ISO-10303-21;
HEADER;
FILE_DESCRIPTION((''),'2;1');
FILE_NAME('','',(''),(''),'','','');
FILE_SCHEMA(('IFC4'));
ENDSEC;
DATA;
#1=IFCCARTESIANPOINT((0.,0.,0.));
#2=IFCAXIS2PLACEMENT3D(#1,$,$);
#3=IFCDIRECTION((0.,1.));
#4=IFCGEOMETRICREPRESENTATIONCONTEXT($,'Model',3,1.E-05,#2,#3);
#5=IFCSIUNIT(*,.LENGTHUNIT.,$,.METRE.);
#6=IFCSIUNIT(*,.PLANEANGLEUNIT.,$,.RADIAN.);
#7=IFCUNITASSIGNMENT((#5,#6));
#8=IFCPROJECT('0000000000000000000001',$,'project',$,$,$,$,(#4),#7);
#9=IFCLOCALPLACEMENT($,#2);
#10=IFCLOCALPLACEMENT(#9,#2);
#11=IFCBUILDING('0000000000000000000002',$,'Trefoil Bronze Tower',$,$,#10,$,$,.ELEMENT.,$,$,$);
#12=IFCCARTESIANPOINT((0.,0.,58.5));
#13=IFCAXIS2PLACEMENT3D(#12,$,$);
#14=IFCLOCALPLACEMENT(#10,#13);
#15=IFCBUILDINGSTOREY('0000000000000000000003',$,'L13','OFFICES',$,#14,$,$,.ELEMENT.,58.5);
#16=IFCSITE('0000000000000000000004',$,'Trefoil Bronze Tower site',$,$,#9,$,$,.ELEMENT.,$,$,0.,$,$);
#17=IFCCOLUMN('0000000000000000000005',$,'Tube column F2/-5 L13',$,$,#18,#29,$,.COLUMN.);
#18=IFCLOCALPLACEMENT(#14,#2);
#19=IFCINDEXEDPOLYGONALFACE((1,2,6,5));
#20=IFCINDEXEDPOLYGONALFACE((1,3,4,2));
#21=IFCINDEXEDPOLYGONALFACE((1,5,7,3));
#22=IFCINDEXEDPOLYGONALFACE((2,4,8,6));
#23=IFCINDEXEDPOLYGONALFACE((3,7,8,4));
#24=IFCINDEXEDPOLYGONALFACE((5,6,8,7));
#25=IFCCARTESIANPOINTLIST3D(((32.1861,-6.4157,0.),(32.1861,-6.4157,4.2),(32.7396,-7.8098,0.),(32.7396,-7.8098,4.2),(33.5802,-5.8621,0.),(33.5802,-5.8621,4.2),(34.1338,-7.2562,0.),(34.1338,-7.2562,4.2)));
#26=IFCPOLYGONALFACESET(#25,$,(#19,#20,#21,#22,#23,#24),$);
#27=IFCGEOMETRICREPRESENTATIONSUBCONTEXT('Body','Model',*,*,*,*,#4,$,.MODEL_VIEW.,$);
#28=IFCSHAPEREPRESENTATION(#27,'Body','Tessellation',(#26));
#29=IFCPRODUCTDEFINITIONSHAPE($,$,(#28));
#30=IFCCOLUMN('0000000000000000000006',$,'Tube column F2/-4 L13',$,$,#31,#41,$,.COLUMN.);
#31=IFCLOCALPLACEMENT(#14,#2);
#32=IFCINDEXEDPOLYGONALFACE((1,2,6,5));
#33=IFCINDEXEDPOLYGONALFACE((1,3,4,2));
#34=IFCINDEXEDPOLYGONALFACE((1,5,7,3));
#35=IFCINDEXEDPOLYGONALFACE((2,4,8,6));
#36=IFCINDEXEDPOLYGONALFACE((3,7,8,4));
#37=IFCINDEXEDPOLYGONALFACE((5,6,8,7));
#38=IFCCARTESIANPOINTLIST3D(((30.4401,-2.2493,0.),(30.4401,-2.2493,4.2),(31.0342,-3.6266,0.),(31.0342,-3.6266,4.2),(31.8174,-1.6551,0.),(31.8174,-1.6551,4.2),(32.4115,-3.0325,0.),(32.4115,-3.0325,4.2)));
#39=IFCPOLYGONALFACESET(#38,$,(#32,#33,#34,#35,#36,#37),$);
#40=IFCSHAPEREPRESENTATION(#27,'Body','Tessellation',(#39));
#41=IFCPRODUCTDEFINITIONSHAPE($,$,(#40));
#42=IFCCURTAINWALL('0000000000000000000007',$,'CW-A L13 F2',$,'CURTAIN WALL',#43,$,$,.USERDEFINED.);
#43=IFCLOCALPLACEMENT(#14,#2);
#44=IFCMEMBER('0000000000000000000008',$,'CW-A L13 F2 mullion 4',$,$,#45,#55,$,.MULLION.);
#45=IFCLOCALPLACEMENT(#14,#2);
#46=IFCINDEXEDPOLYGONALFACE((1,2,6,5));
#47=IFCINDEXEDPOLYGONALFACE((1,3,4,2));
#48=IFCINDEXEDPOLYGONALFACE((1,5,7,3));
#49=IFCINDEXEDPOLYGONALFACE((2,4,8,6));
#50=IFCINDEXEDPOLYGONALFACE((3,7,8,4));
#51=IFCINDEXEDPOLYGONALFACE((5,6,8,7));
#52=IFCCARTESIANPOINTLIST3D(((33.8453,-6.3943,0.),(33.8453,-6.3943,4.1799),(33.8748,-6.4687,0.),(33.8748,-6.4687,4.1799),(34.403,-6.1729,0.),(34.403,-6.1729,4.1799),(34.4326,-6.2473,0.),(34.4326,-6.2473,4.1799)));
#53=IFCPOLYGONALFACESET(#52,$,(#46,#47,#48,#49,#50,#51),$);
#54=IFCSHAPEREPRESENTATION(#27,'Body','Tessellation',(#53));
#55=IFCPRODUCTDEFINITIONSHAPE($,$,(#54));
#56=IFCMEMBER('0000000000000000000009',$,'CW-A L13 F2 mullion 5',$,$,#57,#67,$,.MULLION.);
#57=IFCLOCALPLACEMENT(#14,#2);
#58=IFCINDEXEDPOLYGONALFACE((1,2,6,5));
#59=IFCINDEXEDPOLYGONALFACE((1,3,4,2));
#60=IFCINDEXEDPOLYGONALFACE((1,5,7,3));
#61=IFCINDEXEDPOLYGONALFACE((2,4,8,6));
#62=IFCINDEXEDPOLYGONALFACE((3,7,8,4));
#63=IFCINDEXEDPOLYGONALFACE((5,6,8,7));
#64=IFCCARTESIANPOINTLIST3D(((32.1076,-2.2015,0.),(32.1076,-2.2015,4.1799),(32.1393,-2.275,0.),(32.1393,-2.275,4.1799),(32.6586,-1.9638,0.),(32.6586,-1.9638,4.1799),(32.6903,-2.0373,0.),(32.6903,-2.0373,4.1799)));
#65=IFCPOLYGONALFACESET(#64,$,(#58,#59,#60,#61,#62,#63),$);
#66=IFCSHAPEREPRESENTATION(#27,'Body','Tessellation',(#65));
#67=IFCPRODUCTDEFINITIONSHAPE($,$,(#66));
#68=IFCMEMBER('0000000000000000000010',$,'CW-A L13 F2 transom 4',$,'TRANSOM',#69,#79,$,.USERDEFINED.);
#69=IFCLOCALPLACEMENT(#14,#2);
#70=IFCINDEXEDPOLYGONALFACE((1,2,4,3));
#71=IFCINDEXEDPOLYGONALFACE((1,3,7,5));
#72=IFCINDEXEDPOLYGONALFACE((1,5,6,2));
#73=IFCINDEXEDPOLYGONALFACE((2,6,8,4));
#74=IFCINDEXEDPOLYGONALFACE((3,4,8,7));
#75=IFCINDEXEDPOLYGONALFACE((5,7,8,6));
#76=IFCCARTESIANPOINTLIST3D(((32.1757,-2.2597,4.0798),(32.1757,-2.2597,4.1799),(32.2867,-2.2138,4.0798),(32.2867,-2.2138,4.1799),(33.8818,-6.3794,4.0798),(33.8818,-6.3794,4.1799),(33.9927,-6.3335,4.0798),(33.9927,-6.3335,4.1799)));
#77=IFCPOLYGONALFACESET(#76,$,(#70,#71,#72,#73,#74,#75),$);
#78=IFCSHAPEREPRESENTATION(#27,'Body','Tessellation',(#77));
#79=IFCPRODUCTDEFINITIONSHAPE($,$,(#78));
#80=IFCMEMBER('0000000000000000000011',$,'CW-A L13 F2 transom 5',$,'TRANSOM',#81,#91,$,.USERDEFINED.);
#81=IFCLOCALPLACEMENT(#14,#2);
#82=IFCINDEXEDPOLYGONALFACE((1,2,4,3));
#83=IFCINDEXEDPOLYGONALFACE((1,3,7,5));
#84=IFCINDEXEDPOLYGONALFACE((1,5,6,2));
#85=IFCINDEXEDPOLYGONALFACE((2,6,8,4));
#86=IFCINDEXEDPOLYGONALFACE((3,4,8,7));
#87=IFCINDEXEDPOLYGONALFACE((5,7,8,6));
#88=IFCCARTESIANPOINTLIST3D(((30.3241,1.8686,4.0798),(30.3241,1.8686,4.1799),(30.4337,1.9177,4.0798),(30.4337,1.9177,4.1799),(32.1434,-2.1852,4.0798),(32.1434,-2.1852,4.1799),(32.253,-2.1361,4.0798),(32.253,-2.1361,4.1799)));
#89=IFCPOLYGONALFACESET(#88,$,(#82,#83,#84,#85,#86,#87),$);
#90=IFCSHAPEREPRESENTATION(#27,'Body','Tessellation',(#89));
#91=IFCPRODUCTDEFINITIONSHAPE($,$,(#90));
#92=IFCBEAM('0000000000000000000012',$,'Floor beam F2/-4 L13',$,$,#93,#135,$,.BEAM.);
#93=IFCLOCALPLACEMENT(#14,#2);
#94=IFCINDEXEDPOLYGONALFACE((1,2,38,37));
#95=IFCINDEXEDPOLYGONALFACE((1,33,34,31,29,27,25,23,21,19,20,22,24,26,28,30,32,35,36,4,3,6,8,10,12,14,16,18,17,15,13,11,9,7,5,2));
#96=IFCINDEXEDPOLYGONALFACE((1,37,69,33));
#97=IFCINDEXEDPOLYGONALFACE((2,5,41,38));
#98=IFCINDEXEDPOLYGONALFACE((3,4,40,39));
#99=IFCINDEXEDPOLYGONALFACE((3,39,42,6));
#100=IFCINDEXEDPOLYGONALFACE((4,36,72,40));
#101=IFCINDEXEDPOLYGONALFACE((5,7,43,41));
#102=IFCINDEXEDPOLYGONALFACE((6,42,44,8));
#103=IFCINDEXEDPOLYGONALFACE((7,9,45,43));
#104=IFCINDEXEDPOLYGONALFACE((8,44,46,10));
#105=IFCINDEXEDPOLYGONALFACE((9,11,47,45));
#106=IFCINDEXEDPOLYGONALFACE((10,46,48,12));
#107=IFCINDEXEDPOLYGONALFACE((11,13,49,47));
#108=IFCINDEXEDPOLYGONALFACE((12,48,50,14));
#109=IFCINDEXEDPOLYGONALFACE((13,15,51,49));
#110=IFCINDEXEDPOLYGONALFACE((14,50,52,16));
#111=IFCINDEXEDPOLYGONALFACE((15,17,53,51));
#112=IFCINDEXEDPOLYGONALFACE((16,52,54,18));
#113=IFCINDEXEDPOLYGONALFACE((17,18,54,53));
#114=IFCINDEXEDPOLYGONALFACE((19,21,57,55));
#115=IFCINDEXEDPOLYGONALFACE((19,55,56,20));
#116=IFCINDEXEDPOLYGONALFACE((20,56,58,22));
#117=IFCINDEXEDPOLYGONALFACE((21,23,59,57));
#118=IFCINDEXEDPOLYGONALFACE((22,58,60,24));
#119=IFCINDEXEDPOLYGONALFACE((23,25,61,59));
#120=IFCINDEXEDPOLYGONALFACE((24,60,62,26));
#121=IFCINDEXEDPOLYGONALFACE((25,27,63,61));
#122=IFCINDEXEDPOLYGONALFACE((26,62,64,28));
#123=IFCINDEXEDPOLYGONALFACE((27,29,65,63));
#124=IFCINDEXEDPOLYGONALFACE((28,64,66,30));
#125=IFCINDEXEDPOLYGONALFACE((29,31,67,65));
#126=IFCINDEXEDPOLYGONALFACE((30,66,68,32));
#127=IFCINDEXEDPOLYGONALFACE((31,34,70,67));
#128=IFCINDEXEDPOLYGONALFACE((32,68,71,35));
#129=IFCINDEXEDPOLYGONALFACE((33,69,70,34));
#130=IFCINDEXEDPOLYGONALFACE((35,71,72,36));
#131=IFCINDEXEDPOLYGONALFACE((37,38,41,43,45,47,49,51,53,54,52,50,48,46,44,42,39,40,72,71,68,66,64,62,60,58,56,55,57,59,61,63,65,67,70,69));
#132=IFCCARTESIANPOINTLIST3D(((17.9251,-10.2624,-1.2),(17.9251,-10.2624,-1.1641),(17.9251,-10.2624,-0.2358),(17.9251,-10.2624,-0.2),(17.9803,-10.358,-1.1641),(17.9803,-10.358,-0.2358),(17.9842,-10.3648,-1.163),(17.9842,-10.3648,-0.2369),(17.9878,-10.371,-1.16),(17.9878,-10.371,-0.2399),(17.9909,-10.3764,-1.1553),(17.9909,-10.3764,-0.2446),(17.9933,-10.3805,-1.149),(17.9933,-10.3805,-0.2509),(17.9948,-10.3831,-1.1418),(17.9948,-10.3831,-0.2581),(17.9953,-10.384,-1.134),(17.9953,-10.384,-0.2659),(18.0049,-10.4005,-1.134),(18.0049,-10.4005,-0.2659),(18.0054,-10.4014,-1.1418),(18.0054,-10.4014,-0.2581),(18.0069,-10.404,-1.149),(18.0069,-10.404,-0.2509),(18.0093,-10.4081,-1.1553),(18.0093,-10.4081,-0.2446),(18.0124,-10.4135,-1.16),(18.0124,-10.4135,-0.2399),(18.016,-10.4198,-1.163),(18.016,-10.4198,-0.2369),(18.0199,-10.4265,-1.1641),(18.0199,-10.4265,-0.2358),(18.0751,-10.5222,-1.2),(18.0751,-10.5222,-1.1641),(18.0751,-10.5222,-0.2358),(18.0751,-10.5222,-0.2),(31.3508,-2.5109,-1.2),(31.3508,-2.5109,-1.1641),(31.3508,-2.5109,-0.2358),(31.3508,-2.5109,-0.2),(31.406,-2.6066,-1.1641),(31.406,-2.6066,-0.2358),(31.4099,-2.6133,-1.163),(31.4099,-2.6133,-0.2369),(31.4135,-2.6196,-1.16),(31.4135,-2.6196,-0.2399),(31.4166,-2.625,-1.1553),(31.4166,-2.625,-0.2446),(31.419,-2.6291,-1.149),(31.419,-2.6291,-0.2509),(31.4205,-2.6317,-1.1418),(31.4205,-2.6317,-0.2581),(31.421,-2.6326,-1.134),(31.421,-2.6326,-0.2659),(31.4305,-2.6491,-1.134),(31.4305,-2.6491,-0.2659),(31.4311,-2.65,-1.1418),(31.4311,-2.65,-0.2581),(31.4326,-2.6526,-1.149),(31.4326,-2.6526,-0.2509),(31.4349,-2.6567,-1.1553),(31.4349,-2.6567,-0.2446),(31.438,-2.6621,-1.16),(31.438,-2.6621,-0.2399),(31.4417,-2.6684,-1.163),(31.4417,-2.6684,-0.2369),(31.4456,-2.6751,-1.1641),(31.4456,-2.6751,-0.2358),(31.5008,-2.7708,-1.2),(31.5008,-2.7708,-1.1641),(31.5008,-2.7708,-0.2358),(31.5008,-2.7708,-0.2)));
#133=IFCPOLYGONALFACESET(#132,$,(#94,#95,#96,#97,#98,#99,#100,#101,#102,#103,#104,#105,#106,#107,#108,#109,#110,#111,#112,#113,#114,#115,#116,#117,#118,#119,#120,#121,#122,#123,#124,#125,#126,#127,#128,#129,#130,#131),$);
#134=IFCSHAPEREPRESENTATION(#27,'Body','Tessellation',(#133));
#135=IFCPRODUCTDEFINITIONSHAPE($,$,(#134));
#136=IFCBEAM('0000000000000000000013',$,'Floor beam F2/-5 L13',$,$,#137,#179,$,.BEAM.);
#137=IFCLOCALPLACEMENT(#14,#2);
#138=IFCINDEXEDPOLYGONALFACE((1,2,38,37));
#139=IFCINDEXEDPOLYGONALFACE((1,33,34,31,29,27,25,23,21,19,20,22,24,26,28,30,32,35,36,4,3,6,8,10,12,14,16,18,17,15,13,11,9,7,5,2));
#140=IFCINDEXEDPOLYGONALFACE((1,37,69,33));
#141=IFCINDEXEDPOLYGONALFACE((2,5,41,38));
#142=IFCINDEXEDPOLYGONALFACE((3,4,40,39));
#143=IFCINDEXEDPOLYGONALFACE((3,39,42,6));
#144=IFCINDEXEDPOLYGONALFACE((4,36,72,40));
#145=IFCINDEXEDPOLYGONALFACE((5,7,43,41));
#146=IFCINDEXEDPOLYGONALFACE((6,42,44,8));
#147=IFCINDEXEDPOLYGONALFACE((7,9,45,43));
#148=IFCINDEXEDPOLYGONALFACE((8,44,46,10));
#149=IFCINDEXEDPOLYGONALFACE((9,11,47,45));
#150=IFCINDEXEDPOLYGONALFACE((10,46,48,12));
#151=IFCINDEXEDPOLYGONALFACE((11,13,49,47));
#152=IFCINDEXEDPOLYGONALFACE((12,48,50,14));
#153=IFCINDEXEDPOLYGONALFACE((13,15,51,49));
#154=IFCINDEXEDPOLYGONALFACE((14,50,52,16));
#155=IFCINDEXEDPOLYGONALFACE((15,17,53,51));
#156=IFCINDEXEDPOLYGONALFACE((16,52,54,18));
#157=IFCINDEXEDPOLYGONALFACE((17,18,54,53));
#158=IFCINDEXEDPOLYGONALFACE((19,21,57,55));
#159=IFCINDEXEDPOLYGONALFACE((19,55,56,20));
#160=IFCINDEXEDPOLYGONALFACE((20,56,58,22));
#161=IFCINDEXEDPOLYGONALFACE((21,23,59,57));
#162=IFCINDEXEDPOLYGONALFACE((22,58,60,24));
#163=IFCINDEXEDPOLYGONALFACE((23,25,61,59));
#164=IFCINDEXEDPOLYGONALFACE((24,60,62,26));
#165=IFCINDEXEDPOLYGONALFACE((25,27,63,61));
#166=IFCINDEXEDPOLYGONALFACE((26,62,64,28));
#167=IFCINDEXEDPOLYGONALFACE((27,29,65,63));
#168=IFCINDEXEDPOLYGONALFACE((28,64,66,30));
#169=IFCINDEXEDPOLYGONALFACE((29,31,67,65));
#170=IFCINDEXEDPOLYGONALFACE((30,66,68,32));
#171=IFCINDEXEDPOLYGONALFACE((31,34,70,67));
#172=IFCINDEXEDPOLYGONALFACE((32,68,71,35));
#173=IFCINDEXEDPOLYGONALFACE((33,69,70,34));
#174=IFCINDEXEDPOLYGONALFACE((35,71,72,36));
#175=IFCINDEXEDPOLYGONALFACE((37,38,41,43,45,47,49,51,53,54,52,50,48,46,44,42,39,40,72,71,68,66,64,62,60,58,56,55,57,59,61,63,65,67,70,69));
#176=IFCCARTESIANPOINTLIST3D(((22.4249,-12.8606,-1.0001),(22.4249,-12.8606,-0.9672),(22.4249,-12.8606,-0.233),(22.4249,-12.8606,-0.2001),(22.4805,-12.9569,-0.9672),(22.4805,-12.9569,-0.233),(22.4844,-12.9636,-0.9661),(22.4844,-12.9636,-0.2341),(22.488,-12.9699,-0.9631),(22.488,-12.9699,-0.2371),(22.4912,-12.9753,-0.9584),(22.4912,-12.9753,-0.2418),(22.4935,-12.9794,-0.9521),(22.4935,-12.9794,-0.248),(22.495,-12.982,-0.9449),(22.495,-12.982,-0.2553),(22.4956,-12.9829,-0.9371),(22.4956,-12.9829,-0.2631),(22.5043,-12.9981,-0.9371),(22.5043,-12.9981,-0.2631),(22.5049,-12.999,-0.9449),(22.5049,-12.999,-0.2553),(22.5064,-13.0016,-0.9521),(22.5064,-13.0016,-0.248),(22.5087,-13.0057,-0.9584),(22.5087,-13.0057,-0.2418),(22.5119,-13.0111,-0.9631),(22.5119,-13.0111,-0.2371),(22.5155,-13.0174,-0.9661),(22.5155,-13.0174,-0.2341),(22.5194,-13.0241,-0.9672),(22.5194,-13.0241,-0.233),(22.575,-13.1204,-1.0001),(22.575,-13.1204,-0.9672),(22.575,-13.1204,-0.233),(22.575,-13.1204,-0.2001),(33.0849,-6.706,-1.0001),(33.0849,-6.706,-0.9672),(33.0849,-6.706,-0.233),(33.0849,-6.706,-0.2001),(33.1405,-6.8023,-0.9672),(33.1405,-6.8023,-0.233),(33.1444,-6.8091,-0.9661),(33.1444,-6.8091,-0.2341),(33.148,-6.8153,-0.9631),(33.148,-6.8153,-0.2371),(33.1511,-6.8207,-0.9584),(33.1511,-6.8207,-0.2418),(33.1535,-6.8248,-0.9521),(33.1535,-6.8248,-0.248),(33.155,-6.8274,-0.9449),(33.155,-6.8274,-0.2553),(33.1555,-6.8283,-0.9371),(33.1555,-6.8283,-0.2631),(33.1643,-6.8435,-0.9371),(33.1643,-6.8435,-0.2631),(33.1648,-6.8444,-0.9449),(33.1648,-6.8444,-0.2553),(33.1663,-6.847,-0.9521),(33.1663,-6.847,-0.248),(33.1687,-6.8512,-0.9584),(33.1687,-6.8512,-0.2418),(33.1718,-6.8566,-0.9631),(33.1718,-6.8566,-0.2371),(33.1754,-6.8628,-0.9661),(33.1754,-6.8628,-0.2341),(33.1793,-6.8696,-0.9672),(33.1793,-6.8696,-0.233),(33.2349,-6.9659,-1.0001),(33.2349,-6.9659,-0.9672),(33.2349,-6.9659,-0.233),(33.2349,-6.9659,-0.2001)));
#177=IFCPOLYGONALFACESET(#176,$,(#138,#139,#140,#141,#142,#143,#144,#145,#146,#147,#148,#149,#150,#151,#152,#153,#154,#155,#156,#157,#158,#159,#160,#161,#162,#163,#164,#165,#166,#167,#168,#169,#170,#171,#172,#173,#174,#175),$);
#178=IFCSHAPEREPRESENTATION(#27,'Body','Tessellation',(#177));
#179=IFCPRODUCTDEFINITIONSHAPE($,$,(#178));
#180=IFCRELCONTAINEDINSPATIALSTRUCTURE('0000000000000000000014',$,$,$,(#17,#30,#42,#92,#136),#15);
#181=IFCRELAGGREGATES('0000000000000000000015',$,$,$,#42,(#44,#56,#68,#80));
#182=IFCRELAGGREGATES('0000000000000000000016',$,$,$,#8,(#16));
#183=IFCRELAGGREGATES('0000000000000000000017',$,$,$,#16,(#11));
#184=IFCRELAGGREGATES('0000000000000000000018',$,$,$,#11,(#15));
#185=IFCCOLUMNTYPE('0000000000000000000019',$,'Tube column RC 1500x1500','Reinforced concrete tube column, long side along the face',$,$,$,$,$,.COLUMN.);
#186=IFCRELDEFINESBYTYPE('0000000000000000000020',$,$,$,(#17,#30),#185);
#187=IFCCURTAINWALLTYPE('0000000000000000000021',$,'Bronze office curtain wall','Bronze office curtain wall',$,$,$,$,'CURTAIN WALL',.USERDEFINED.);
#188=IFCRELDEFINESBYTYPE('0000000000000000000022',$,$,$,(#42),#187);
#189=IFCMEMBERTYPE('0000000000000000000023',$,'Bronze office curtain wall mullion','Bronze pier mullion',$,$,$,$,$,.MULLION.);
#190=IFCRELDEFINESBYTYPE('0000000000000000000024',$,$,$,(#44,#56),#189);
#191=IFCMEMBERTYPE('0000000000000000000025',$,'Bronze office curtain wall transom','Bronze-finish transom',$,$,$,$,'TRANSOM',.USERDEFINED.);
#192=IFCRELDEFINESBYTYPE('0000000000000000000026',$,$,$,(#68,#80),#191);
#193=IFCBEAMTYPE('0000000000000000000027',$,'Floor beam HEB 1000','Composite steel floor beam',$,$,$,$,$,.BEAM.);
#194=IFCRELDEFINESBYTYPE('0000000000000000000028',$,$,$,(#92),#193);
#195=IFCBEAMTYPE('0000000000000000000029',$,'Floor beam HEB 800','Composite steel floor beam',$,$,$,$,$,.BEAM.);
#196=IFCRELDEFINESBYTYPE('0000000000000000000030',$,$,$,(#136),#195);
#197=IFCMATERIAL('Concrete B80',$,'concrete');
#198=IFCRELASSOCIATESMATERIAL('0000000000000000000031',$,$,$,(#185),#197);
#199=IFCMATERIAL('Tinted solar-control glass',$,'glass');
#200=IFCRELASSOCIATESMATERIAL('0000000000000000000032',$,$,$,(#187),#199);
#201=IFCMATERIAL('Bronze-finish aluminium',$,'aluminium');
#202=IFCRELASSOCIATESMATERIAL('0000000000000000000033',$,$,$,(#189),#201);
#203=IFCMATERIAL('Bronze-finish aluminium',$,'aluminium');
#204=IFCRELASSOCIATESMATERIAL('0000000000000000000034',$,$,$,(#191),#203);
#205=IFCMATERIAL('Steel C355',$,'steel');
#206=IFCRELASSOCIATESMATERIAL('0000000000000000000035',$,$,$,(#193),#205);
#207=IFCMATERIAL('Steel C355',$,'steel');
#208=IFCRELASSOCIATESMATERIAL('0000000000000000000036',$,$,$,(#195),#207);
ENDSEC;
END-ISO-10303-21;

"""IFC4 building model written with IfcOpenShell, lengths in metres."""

from ifc_helpers import new_model, si_unit, direction, frame, origin, origin_2d, place, context, subcontext, project, spatial, rectangle, i_section, extrude, material, material_profile, profile_set, type_object, element, aggregate, save


model = new_model("IFC4")

# Units and contexts
model_context = context("Model", 3, precision=1e-05, world=origin(), true_north=direction((0.0, 1.0)))
body_context = subcontext(model_context, "Body", "Model", "MODEL_VIEW")
ifc_project = project(units=[si_unit("LENGTHUNIT", "METRE"), si_unit("PLANEANGLEUNIT", "RADIAN")], contexts=[model_context])

# Site, building, storey
site_placement = place(None, origin())
site = spatial("IfcSite", under=ifc_project, at=site_placement, Name="Trefoil Bronze Tower site", CompositionType="ELEMENT", RefElevation=0.0)
building_placement = place(site_placement, origin())
building = spatial("IfcBuilding", under=site, at=building_placement, Name="Trefoil Bronze Tower", CompositionType="ELEMENT")
storey_placement = place(building_placement, frame((0.0, 0.0, 58.5)))
storey = spatial("IfcBuildingStorey", under=building, at=storey_placement, Name="L13", Description="OFFICES", CompositionType="ELEMENT", Elevation=58.5)

# Columns
ifc_material_1 = material(Name="Concrete B80", Category="concrete")
ifc_material_profile_1 = material_profile(ifc_material_1, rectangle(XDim=1.5, YDim=1.5, at=origin_2d()), Name="RC 1500x1500")
ifc_profile_set_1 = profile_set([ifc_material_profile_1], Name="Concrete B80")
column_type = type_object("IfcColumnType", Name="Tube column RC 1500x1500", Description="Reinforced concrete tube column, long side along the face", PredefinedType="COLUMN", material=ifc_profile_set_1)
for number, where, z_axis, x_axis, name in (
    (1, (33.1599, -6.8359, 0.0), (0.0, 0.0, 1.0), (-0.36904, 0.929414, 0.0), "Tube column F2/-5 L13"),
    (2, (31.4258, -2.6409, 0.0), (0.0, 0.0, 1.0), (-0.396085, 0.918214, 0.0), "Tube column F2/-4 L13"),
):
    element("IfcColumn", number, at=place(storey_placement, frame(where, z_axis=z_axis, x_axis=x_axis)), inside=storey, type_object=column_type, Name=name, PredefinedType="COLUMN", context=body_context, shape_type="SweptSolid", body=[
        extrude(rectangle(XDim=1.5, YDim=1.5, at=origin_2d()), origin(), (0.0, 0.0, 1.0), 4.2),
    ])

# Curtain wall, members
ifc_material_2 = material(Name="Tinted solar-control glass", Category="glass")
curtain_wall_type = type_object("IfcCurtainWallType", Name="Bronze office curtain wall", Description="Bronze office curtain wall", ElementType="CURTAIN WALL", PredefinedType="USERDEFINED", material=ifc_material_2)
curtain_wall_placement = place(storey_placement, origin())
curtain_wall = element("IfcCurtainWall", 3, at=curtain_wall_placement, inside=storey, type_object=curtain_wall_type, Name="CW-A L13 F2", ObjectType="CURTAIN WALL", PredefinedType="USERDEFINED")
ifc_material_3 = material(Name="Bronze-finish aluminium", Category="aluminium")
ifc_material_profile_2 = material_profile(ifc_material_3, rectangle(XDim=0.6001, YDim=0.0801, at=origin_2d()), Name="CW-A mullion")
ifc_profile_set_2 = profile_set([ifc_material_profile_2], Name="Bronze-finish aluminium")
member_type_1 = type_object("IfcMemberType", Name="Bronze office curtain wall mullion", Description="Bronze pier mullion", PredefinedType="MULLION", material=ifc_profile_set_2)
member_1_placement = place(storey_placement, frame((34.1389, -6.3208, 0.0), z_axis=(0.0, 0.0, 1.0), x_axis=(-0.929414, -0.36904, 0.0)))
member_1 = element("IfcMember", 4, at=member_1_placement, type_object=member_type_1, Name="CW-A L13 F2 mullion 4", PredefinedType="MULLION", context=body_context, shape_type="SweptSolid", body=[
    extrude(rectangle(XDim=0.6001, YDim=0.0801, at=origin_2d()), origin(), (0.0, 0.0, 1.0), 4.1799),
])
member_2_placement = place(storey_placement, frame((32.3989, -2.1194, 0.0), z_axis=(0.0, 0.0, 1.0), x_axis=(-0.918214, -0.396085, 0.0)))
member_2 = element("IfcMember", 5, at=member_2_placement, type_object=member_type_1, Name="CW-A L13 F2 mullion 5", PredefinedType="MULLION", context=body_context, shape_type="SweptSolid", body=[
    extrude(rectangle(XDim=0.6001, YDim=0.0801, at=origin_2d()), origin(), (0.0, 0.0, 1.0), 4.1799),
])
ifc_material_4 = material(Name="Bronze-finish aluminium", Category="aluminium")
ifc_material_profile_3 = material_profile(ifc_material_4, rectangle(XDim=0.1201, YDim=0.1001, at=origin_2d()), Name="CW-A transom")
ifc_profile_set_3 = profile_set([ifc_material_profile_3], Name="Bronze-finish aluminium")
member_type_2 = type_object("IfcMemberType", Name="Bronze office curtain wall transom", Description="Bronze-finish transom", ElementType="TRANSOM", PredefinedType="USERDEFINED", material=ifc_profile_set_3)
member_3_placement = place(storey_placement, frame((33.9373, -6.3564, 4.1299), z_axis=(-0.382616, 0.923907, 0.0), x_axis=(-0.923907, -0.382616, 0.0)))
member_3 = element("IfcMember", 6, at=member_3_placement, type_object=member_type_2, Name="CW-A L13 F2 transom 4", ObjectType="TRANSOM", PredefinedType="USERDEFINED", context=body_context, shape_type="SweptSolid", body=[
    extrude(rectangle(XDim=0.1201, YDim=0.1001, at=origin_2d()), origin(), (0.0, 0.0, 1.0), 4.459),
])
member_4_placement = place(storey_placement, frame((32.1982, -2.1606, 4.1299), z_axis=(-0.40946, 0.912328, 0.0), x_axis=(-0.912328, -0.40946, 0.0)))
member_4 = element("IfcMember", 7, at=member_4_placement, type_object=member_type_2, Name="CW-A L13 F2 transom 5", ObjectType="TRANSOM", PredefinedType="USERDEFINED", context=body_context, shape_type="SweptSolid", body=[
    extrude(rectangle(XDim=0.1201, YDim=0.1001, at=origin_2d()), origin(), (0.0, 0.0, 1.0), 4.4434),
])

# Beams
ifc_material_5 = material(Name="Steel C355", Category="steel")
ifc_material_profile_4 = material_profile(ifc_material_5, i_section(OverallWidth=0.3, OverallDepth=1.0, WebThickness=0.019, FlangeThickness=0.0359, FilletRadius=0.03, at=origin_2d()), Name="HEB 1000")
ifc_profile_set_4 = profile_set([ifc_material_profile_4], Name="Steel C355")
beam_type_1 = type_object("IfcBeamType", Name="Floor beam HEB 1000", Description="Composite steel floor beam", PredefinedType="BEAM", material=ifc_profile_set_4)
beam_1_placement = place(storey_placement, frame((31.4258, -2.6409, -0.7), z_axis=(-0.866023, -0.500004, 0.0), x_axis=(0.500004, -0.866023, 0.0)))
element("IfcBeam", 8, at=beam_1_placement, inside=storey, type_object=beam_type_1, Name="Floor beam F2/-4 L13", PredefinedType="BEAM", context=body_context, shape_type="SweptSolid", body=[
    extrude(i_section(OverallWidth=0.3, OverallDepth=1.0, WebThickness=0.019, FlangeThickness=0.0359, FilletRadius=0.03, at=origin_2d()), origin(), (0.0, 0.0, 1.0), 15.5027),
])
ifc_material_6 = material(Name="Steel C355", Category="steel")
ifc_material_profile_5 = material_profile(ifc_material_6, i_section(OverallWidth=0.3, OverallDepth=0.8, WebThickness=0.0176, FlangeThickness=0.033, FilletRadius=0.03, at=origin_2d()), Name="HEB 800")
ifc_profile_set_5 = profile_set([ifc_material_profile_5], Name="Steel C355")
beam_type_2 = type_object("IfcBeamType", Name="Floor beam HEB 800", Description="Composite steel floor beam", PredefinedType="BEAM", material=ifc_profile_set_5)
beam_2_placement = place(storey_placement, frame((33.1599, -6.8359, -0.6001), z_axis=(-0.866024, -0.500002, 0.0), x_axis=(0.500002, -0.866024, 0.0)))
element("IfcBeam", 9, at=beam_2_placement, inside=storey, type_object=beam_type_2, Name="Floor beam F2/-5 L13", PredefinedType="BEAM", context=body_context, shape_type="SweptSolid", body=[
    extrude(i_section(OverallWidth=0.3, OverallDepth=0.8, WebThickness=0.0176, FlangeThickness=0.033, FilletRadius=0.03, at=origin_2d()), origin(), (0.0, 0.0, 1.0), 12.3091),
])

aggregate(curtain_wall, [member_1, member_2, member_3, member_4])

save(model, "model.ifc")
